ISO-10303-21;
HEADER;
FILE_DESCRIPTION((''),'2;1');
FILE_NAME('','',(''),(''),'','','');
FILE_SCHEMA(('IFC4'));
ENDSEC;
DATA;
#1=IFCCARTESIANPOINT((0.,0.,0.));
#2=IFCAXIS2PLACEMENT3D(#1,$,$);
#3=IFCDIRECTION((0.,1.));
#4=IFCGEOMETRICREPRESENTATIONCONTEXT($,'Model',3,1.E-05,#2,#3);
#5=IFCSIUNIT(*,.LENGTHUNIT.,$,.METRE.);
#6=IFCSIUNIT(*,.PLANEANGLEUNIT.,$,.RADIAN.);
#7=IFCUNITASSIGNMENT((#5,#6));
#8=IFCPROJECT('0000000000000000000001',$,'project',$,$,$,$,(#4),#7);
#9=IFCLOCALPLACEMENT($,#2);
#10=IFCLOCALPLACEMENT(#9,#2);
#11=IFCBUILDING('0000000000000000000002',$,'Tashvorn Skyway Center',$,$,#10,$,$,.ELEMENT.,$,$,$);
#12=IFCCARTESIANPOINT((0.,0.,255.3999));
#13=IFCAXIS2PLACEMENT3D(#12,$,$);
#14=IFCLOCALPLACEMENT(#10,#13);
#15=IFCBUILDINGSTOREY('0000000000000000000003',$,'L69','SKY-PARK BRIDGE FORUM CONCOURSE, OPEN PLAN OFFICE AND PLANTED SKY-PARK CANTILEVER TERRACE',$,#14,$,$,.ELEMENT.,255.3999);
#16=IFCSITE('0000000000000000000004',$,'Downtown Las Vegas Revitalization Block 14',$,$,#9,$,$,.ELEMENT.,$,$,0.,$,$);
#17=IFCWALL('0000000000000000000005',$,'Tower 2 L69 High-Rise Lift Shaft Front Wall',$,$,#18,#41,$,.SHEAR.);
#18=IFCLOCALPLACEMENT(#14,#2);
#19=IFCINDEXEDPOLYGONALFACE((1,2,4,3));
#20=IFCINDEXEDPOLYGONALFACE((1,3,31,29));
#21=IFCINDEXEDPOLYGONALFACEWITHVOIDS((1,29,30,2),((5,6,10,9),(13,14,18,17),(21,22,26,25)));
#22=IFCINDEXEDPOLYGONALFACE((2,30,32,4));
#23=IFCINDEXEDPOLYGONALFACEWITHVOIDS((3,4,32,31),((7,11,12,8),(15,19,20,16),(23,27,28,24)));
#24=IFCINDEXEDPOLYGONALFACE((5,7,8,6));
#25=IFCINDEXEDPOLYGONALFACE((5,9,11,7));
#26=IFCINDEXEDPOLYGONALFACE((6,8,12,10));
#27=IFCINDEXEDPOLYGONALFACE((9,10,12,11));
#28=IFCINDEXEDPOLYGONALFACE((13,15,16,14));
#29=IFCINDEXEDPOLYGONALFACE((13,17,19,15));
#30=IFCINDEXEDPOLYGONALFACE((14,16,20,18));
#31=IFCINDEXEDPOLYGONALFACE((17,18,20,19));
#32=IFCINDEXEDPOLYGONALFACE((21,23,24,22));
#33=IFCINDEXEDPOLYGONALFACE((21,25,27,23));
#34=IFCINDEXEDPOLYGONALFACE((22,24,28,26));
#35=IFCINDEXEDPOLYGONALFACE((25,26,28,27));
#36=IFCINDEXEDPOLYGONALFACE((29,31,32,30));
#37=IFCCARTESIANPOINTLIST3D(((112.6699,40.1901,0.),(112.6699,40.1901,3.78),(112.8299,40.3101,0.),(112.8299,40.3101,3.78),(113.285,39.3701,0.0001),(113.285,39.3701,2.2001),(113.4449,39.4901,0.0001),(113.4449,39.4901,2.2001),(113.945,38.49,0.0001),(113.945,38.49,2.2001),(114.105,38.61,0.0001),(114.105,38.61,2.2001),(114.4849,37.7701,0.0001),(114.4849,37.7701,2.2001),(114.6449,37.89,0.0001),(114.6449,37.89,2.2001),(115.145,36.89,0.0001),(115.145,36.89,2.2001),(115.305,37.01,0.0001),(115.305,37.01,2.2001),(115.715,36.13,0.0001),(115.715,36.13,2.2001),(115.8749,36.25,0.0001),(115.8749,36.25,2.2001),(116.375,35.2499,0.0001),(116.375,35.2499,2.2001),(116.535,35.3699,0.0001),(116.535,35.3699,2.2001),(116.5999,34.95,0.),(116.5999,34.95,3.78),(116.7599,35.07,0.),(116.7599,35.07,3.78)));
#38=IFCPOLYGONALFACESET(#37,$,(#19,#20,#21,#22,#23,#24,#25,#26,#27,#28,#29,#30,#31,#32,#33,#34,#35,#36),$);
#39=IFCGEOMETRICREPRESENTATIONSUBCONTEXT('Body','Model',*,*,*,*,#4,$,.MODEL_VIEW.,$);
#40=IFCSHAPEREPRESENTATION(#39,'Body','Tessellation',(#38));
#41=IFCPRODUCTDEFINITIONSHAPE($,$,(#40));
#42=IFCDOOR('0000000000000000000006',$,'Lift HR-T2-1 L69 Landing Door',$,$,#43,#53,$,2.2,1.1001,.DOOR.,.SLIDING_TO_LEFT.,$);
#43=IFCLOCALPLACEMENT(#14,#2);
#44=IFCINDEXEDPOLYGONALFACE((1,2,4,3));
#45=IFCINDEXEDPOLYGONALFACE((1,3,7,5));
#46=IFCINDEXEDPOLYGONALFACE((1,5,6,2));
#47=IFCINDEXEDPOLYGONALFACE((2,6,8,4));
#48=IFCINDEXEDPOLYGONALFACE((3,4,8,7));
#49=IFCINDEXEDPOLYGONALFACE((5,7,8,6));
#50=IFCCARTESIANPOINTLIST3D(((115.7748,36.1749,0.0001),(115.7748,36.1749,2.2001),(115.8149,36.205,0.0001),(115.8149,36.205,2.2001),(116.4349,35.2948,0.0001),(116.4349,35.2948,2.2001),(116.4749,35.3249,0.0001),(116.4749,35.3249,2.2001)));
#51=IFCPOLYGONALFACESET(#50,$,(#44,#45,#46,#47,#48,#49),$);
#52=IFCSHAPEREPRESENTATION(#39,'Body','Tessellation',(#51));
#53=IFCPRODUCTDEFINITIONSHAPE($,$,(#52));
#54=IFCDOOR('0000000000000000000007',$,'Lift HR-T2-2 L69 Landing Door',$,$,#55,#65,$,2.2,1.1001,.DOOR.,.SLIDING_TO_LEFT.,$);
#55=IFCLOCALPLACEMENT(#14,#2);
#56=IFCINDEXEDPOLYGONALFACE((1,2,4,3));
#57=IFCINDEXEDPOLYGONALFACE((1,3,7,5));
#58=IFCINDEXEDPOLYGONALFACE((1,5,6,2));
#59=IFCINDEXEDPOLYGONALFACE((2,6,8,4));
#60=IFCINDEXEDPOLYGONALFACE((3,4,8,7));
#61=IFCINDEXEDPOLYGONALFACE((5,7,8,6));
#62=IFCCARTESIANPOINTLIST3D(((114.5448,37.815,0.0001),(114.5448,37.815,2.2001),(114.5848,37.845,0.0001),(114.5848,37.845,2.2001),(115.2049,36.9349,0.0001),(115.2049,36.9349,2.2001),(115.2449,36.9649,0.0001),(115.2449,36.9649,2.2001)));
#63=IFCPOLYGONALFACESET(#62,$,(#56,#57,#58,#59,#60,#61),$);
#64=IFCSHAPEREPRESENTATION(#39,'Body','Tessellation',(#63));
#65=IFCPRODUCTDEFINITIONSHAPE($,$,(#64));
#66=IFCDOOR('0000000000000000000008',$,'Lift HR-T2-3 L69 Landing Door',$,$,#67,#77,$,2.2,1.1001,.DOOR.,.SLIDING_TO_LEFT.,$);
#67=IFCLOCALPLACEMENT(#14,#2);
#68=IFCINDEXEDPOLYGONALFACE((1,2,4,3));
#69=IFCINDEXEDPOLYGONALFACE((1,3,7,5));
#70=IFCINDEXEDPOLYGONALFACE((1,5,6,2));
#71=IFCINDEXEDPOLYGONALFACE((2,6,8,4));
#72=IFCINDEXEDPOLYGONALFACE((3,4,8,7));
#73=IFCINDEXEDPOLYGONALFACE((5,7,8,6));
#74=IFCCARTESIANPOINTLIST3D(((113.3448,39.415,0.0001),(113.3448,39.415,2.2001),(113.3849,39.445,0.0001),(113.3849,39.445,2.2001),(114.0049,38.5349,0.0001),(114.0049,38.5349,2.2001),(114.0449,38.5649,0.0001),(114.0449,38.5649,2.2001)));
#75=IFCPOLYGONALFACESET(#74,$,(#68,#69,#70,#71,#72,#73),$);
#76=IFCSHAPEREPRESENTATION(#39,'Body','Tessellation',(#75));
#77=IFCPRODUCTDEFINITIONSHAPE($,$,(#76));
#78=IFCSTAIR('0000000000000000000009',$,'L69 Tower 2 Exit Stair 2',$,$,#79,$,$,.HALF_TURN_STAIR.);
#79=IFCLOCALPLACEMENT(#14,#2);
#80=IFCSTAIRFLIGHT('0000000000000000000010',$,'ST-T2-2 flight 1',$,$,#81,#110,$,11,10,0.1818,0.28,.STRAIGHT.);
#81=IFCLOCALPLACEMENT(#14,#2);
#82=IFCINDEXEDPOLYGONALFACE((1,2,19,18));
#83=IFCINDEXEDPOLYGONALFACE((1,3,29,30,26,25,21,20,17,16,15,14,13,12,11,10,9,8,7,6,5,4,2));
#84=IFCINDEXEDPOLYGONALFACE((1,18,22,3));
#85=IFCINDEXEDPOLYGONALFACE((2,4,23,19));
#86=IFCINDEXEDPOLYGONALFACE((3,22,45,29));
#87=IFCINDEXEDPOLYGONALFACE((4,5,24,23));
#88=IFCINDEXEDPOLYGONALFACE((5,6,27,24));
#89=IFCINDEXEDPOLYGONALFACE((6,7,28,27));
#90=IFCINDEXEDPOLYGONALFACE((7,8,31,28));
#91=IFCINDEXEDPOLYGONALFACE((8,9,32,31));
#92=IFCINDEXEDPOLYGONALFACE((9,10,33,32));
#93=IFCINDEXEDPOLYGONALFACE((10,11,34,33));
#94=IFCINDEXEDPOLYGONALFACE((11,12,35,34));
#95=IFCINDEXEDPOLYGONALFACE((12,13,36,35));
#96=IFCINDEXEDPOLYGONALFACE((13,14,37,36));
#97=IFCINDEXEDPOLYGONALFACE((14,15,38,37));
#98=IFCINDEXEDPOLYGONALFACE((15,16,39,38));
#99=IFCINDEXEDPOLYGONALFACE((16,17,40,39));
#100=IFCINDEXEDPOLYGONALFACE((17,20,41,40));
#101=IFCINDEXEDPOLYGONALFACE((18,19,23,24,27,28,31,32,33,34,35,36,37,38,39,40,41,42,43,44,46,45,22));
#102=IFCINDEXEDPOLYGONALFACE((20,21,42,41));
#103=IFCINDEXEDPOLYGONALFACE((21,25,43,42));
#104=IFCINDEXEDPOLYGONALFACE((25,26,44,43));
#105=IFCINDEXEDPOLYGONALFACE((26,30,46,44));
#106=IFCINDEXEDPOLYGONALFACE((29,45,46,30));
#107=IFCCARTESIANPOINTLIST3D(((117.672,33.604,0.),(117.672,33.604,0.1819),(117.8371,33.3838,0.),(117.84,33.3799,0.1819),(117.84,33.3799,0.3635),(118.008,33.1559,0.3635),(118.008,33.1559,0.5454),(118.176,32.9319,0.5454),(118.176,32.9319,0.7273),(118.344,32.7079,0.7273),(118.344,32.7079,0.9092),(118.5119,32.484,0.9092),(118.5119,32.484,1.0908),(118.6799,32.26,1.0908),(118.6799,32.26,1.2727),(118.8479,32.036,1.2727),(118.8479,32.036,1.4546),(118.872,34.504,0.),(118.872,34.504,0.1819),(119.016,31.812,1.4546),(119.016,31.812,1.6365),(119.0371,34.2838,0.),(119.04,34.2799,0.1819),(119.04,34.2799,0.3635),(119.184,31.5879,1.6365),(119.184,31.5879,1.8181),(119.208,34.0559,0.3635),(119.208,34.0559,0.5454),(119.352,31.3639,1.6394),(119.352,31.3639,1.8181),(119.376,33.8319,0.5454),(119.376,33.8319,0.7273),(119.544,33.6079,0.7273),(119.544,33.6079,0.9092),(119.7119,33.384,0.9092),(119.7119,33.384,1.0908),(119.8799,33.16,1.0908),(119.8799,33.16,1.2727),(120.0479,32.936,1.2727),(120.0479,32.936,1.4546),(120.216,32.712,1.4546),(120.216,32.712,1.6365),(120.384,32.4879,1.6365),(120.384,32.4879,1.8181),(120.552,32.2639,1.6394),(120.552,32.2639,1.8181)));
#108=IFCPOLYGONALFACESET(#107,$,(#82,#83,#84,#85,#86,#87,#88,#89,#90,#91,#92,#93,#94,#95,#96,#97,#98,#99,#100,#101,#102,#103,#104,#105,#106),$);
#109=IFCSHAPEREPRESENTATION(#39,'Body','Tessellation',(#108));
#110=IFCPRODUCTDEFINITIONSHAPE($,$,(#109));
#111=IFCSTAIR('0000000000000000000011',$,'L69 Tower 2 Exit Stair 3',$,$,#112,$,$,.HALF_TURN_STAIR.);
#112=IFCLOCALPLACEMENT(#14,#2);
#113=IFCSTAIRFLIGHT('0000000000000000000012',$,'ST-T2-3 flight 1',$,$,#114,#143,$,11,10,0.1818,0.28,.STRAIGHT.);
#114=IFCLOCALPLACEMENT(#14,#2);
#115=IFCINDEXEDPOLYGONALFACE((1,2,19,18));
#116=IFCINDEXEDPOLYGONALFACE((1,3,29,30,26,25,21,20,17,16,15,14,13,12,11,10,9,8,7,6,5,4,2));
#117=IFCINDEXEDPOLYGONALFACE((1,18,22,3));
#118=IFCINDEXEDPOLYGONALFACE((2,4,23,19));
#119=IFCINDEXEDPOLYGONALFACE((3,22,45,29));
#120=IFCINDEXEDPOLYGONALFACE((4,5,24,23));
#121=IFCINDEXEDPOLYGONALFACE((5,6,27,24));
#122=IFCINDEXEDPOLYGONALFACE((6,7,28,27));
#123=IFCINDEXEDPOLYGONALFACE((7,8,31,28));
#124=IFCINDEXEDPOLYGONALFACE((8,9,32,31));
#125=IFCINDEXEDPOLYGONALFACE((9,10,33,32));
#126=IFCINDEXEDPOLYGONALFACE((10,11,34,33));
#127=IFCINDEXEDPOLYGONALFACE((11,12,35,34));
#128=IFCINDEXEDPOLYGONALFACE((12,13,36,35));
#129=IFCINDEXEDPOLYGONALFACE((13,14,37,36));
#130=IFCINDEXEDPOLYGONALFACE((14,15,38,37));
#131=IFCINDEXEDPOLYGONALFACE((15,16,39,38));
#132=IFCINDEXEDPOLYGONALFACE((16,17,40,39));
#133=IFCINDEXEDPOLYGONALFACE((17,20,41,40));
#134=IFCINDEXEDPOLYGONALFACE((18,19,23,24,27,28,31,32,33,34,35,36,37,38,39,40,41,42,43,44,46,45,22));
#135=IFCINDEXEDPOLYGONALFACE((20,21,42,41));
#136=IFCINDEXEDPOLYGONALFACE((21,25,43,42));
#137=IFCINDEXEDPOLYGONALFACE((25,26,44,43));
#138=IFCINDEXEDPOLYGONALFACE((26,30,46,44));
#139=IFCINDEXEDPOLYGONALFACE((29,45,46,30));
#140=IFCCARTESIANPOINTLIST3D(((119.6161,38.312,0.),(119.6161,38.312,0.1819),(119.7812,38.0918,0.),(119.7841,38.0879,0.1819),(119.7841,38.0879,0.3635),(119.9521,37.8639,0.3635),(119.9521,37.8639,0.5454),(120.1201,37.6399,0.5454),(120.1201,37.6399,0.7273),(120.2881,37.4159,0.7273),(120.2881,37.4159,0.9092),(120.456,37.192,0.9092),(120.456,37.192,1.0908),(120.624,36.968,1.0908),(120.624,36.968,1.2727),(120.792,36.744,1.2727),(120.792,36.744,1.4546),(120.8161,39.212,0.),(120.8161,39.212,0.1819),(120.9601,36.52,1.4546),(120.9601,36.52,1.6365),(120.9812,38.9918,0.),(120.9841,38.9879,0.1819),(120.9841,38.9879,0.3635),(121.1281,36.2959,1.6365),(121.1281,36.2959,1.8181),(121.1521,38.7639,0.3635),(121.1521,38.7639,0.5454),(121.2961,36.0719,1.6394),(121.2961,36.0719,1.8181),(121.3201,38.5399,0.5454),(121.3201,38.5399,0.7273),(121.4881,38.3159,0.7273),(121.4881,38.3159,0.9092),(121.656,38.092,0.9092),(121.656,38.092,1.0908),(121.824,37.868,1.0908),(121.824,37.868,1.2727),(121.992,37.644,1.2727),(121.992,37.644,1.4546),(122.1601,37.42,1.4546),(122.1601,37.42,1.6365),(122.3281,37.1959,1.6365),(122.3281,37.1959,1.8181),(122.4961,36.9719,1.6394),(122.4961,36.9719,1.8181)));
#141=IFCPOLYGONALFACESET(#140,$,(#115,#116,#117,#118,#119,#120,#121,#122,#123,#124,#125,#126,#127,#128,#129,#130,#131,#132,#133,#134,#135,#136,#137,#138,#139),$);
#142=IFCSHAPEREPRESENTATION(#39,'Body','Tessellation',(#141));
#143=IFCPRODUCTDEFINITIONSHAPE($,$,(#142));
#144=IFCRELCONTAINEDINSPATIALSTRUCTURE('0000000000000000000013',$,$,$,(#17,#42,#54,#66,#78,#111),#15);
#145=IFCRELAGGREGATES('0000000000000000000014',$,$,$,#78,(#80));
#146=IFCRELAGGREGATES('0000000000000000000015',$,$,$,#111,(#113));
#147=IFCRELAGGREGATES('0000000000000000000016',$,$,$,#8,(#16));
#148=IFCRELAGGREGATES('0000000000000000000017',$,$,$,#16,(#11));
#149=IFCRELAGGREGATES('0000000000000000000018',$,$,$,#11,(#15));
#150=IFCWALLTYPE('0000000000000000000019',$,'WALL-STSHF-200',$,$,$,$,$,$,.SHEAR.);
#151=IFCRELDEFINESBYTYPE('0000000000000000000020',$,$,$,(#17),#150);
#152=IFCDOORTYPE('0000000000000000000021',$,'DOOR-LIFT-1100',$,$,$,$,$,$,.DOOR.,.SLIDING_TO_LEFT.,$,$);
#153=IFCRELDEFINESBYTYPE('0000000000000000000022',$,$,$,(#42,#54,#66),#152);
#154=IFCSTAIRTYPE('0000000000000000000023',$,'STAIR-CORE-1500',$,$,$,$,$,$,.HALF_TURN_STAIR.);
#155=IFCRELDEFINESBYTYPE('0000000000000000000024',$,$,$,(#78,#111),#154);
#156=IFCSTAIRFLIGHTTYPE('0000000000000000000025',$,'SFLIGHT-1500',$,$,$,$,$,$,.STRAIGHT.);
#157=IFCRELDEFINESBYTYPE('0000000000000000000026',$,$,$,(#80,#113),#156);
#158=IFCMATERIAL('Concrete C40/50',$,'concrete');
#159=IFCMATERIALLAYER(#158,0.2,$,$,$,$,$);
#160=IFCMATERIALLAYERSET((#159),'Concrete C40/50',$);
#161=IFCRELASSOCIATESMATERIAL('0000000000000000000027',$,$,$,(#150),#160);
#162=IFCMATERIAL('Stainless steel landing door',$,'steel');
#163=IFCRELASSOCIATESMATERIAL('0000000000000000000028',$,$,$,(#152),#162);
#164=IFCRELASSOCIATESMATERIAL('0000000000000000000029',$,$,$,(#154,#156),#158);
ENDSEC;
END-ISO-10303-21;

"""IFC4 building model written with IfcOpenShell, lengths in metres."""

from ifc_helpers import new_model, si_unit, direction, frame, frame_2d, origin, place, context, subcontext, project, spatial, polyline, rectangle, outline, extrude, material, layer, layer_set, type_object, element, fill, aggregate, save


model = new_model("IFC4")

# Units and contexts
model_context = context("Model", 3, precision=1e-05, world=origin(), true_north=direction((0.0, 1.0)))
body_context = subcontext(model_context, "Body", "Model", "MODEL_VIEW")
ifc_project = project(units=[si_unit("LENGTHUNIT", "METRE"), si_unit("PLANEANGLEUNIT", "RADIAN")], contexts=[model_context])

# Site, building, storey
site_placement = place(None, origin())
site = spatial("IfcSite", under=ifc_project, at=site_placement, Name="Downtown Las Vegas Revitalization Block 14", CompositionType="ELEMENT", RefElevation=0.0)
building_placement = place(site_placement, origin())
building = spatial("IfcBuilding", under=site, at=building_placement, Name="Tashvorn Skyway Center", CompositionType="ELEMENT")
storey_placement = place(building_placement, frame((0.0, 0.0, 255.3999)))
storey = spatial("IfcBuildingStorey", under=building, at=storey_placement, Name="L69", Description="SKY-PARK BRIDGE FORUM CONCOURSE, OPEN PLAN OFFICE AND PLANTED SKY-PARK CANTILEVER TERRACE", CompositionType="ELEMENT", Elevation=255.3999)

# Shared definitions
ifc_material_1 = material(Name="Concrete C40/50", Category="concrete")

# Shared definitions
ifc_layer_1 = layer(ifc_material_1, 0.2)
ifc_layer_set_1 = layer_set([ifc_layer_1], Name="Concrete C40/50")
wall_type_1 = type_object("IfcWallType", Name="WALL-STSHF-200", PredefinedType="SHEAR", material=ifc_layer_set_1)

# Wall, openings, doors
wall_1_placement = place(storey_placement, frame((112.75, 40.25, 0.0), z_axis=(0.0, 0.0, 1.0), x_axis=(0.599994, -0.800004, 0.0)))
wall_1 = element("IfcWall", 1, at=wall_1_placement, inside=storey, type_object=wall_type_1, Name="Tower 2 L69 High-Rise Lift Shaft Front Wall", PredefinedType="SHEAR", context=body_context, shape_type="SweptSolid", body=[
    extrude(rectangle(XDim=6.55, YDim=0.2, at=frame_2d((3.2749, 0.0))), origin(), (0.0, 0.0, 1.0), 3.78),
])
opening_1_placement = place(wall_1_placement, frame((5.075, 0.0, 0.0)))
opening_1 = element("IfcOpeningElement", 2, at=opening_1_placement, cuts=wall_1, PredefinedType="OPENING", context=body_context, shape_type="SweptSolid", body=[
    extrude(rectangle(XDim=1.1001, YDim=2.2, at=frame_2d((0.55, 1.1001))), frame((0.0, 0.1099, 0.0), z_axis=(0.0, -1.0, 0.0), x_axis=(1.0, 0.0, 0.0)), (0.0, 0.0, 1.0), 0.22),
])
opening_2_placement = place(wall_1_placement, frame((3.0249, 0.0, 0.0)))
opening_2 = element("IfcOpeningElement", 3, at=opening_2_placement, cuts=wall_1, PredefinedType="OPENING", context=body_context, shape_type="SweptSolid", body=[
    extrude(rectangle(XDim=1.1001, YDim=2.2, at=frame_2d((0.55, 1.1001))), frame((0.0, 0.1099, 0.0), z_axis=(0.0, -1.0, 0.0), x_axis=(1.0, 0.0, 0.0)), (0.0, 0.0, 1.0), 0.22),
])
opening_3_placement = place(wall_1_placement, frame((1.0249, 0.0, 0.0)))
opening_3 = element("IfcOpeningElement", 4, at=opening_3_placement, cuts=wall_1, PredefinedType="OPENING", context=body_context, shape_type="SweptSolid", body=[
    extrude(rectangle(XDim=1.1001, YDim=2.2, at=frame_2d((0.55, 1.1001))), frame((0.0, 0.1099, 0.0), z_axis=(0.0, -1.0, 0.0), x_axis=(1.0, 0.0, 0.0)), (0.0, 0.0, 1.0), 0.22),
])
ifc_material_2 = material(Name="Stainless steel landing door", Category="steel")
door_type_1 = type_object("IfcDoorType", Name="DOOR-LIFT-1100", OperationType="SLIDING_TO_LEFT", PredefinedType="DOOR", material=ifc_material_2)
door_1_placement = place(opening_1_placement, origin())
door_1 = element("IfcDoor", 5, at=door_1_placement, inside=storey, type_object=door_type_1, Name="Lift HR-T2-1 L69 Landing Door", OperationType="SLIDING_TO_LEFT", OverallHeight=2.2, OverallWidth=1.1001, PredefinedType="DOOR", context=body_context, shape_type="SweptSolid", body=[
    extrude(rectangle(XDim=1.1001, YDim=2.2, at=frame_2d((0.55, 1.1001))), frame((0.0, 0.0249, 0.0), z_axis=(0.0, -1.0, 0.0), x_axis=(1.0, 0.0, 0.0)), (0.0, 0.0, 1.0), 0.05),
])
fill(opening_1, door_1)
door_2_placement = place(opening_2_placement, origin())
door_2 = element("IfcDoor", 6, at=door_2_placement, inside=storey, type_object=door_type_1, Name="Lift HR-T2-2 L69 Landing Door", OperationType="SLIDING_TO_LEFT", OverallHeight=2.2, OverallWidth=1.1001, PredefinedType="DOOR", context=body_context, shape_type="SweptSolid", body=[
    extrude(rectangle(XDim=1.1001, YDim=2.2, at=frame_2d((0.55, 1.1001))), frame((0.0, 0.0249, 0.0), z_axis=(0.0, -1.0, 0.0), x_axis=(1.0, 0.0, 0.0)), (0.0, 0.0, 1.0), 0.05),
])
fill(opening_2, door_2)
door_3_placement = place(opening_3_placement, origin())
door_3 = element("IfcDoor", 7, at=door_3_placement, inside=storey, type_object=door_type_1, Name="Lift HR-T2-3 L69 Landing Door", OperationType="SLIDING_TO_LEFT", OverallHeight=2.2, OverallWidth=1.1001, PredefinedType="DOOR", context=body_context, shape_type="SweptSolid", body=[
    extrude(rectangle(XDim=1.1001, YDim=2.2, at=frame_2d((0.55, 1.1001))), frame((0.0, 0.0249, 0.0), z_axis=(0.0, -1.0, 0.0), x_axis=(1.0, 0.0, 0.0)), (0.0, 0.0, 1.0), 0.05),
])
fill(opening_3, door_3)

# Stairs, stair flights
stair_type = type_object("IfcStairType", Name="STAIR-CORE-1500", PredefinedType="HALF_TURN_STAIR", material=ifc_material_1)
stair_1_placement = place(storey_placement, origin())
stair_1 = element("IfcStair", 8, at=stair_1_placement, inside=storey, type_object=stair_type, Name="L69 Tower 2 Exit Stair 2", PredefinedType="HALF_TURN_STAIR")
stair_flight_type = type_object("IfcStairFlightType", Name="SFLIGHT-1500", PredefinedType="STRAIGHT", material=ifc_material_1)
stair_flight_1_placement = place(storey_placement, frame((118.272, 34.054, 0.0), z_axis=(0.0, 0.0, 1.0), x_axis=(0.6, -0.8, 0.0)))
stair_flight_1 = element("IfcStairFlight", 9, at=stair_flight_1_placement, type_object=stair_flight_type, Name="ST-T2-2 flight 1", NumberOfRisers=11, NumberOfTreads=10, PredefinedType="STRAIGHT", RiserHeight=0.1818, TreadLength=0.28, context=body_context, shape_type="SweptSolid", body=[
    extrude(outline(polyline([(0.0, 0.0), (0.0, 0.1819), (0.28, 0.1819), (0.28, 0.3635), (0.5601, 0.3635), (0.5601, 0.5454), (0.8401, 0.5454), (0.8401, 0.7273), (1.1201, 0.7273), (1.1201, 0.9092), (1.3999, 0.9092), (1.3999, 1.0908), (1.6799, 1.0908), (1.6799, 1.2727), (1.96, 1.2727), (1.96, 1.4546), (2.24, 1.4546), (2.24, 1.6365), (2.52, 1.6365), (2.52, 1.8181), (2.8, 1.8181), (2.8, 2.0), (2.8, 1.6394), (0.2751, 0.0), (0.0, 0.0)])), frame((0.0, 0.75, 0.0), z_axis=(0.0, -1.0, 0.0), x_axis=(1.0, 0.0, 0.0)), (0.0, 0.0, 1.0), 1.5),
])
aggregate(stair_1, [stair_flight_1])
stair_2_placement = place(storey_placement, origin())
stair_2 = element("IfcStair", 10, at=stair_2_placement, inside=storey, type_object=stair_type, Name="L69 Tower 2 Exit Stair 3", PredefinedType="HALF_TURN_STAIR")
stair_flight_2_placement = place(storey_placement, frame((120.2161, 38.762, 0.0), z_axis=(0.0, 0.0, 1.0), x_axis=(0.6, -0.8, 0.0)))
stair_flight_2 = element("IfcStairFlight", 11, at=stair_flight_2_placement, type_object=stair_flight_type, Name="ST-T2-3 flight 1", NumberOfRisers=11, NumberOfTreads=10, PredefinedType="STRAIGHT", RiserHeight=0.1818, TreadLength=0.28, context=body_context, shape_type="SweptSolid", body=[
    extrude(outline(polyline([(0.0, 0.0), (0.0, 0.1819), (0.28, 0.1819), (0.28, 0.3635), (0.5601, 0.3635), (0.5601, 0.5454), (0.8401, 0.5454), (0.8401, 0.7273), (1.1201, 0.7273), (1.1201, 0.9092), (1.3999, 0.9092), (1.3999, 1.0908), (1.6799, 1.0908), (1.6799, 1.2727), (1.96, 1.2727), (1.96, 1.4546), (2.24, 1.4546), (2.24, 1.6365), (2.52, 1.6365), (2.52, 1.8181), (2.8, 1.8181), (2.8, 2.0), (2.8, 1.6394), (0.2751, 0.0), (0.0, 0.0)])), frame((0.0, 0.75, 0.0), z_axis=(0.0, -1.0, 0.0), x_axis=(1.0, 0.0, 0.0)), (0.0, 0.0, 1.0), 1.5),
])
aggregate(stair_2, [stair_flight_2])

save(model, "model.ifc")
